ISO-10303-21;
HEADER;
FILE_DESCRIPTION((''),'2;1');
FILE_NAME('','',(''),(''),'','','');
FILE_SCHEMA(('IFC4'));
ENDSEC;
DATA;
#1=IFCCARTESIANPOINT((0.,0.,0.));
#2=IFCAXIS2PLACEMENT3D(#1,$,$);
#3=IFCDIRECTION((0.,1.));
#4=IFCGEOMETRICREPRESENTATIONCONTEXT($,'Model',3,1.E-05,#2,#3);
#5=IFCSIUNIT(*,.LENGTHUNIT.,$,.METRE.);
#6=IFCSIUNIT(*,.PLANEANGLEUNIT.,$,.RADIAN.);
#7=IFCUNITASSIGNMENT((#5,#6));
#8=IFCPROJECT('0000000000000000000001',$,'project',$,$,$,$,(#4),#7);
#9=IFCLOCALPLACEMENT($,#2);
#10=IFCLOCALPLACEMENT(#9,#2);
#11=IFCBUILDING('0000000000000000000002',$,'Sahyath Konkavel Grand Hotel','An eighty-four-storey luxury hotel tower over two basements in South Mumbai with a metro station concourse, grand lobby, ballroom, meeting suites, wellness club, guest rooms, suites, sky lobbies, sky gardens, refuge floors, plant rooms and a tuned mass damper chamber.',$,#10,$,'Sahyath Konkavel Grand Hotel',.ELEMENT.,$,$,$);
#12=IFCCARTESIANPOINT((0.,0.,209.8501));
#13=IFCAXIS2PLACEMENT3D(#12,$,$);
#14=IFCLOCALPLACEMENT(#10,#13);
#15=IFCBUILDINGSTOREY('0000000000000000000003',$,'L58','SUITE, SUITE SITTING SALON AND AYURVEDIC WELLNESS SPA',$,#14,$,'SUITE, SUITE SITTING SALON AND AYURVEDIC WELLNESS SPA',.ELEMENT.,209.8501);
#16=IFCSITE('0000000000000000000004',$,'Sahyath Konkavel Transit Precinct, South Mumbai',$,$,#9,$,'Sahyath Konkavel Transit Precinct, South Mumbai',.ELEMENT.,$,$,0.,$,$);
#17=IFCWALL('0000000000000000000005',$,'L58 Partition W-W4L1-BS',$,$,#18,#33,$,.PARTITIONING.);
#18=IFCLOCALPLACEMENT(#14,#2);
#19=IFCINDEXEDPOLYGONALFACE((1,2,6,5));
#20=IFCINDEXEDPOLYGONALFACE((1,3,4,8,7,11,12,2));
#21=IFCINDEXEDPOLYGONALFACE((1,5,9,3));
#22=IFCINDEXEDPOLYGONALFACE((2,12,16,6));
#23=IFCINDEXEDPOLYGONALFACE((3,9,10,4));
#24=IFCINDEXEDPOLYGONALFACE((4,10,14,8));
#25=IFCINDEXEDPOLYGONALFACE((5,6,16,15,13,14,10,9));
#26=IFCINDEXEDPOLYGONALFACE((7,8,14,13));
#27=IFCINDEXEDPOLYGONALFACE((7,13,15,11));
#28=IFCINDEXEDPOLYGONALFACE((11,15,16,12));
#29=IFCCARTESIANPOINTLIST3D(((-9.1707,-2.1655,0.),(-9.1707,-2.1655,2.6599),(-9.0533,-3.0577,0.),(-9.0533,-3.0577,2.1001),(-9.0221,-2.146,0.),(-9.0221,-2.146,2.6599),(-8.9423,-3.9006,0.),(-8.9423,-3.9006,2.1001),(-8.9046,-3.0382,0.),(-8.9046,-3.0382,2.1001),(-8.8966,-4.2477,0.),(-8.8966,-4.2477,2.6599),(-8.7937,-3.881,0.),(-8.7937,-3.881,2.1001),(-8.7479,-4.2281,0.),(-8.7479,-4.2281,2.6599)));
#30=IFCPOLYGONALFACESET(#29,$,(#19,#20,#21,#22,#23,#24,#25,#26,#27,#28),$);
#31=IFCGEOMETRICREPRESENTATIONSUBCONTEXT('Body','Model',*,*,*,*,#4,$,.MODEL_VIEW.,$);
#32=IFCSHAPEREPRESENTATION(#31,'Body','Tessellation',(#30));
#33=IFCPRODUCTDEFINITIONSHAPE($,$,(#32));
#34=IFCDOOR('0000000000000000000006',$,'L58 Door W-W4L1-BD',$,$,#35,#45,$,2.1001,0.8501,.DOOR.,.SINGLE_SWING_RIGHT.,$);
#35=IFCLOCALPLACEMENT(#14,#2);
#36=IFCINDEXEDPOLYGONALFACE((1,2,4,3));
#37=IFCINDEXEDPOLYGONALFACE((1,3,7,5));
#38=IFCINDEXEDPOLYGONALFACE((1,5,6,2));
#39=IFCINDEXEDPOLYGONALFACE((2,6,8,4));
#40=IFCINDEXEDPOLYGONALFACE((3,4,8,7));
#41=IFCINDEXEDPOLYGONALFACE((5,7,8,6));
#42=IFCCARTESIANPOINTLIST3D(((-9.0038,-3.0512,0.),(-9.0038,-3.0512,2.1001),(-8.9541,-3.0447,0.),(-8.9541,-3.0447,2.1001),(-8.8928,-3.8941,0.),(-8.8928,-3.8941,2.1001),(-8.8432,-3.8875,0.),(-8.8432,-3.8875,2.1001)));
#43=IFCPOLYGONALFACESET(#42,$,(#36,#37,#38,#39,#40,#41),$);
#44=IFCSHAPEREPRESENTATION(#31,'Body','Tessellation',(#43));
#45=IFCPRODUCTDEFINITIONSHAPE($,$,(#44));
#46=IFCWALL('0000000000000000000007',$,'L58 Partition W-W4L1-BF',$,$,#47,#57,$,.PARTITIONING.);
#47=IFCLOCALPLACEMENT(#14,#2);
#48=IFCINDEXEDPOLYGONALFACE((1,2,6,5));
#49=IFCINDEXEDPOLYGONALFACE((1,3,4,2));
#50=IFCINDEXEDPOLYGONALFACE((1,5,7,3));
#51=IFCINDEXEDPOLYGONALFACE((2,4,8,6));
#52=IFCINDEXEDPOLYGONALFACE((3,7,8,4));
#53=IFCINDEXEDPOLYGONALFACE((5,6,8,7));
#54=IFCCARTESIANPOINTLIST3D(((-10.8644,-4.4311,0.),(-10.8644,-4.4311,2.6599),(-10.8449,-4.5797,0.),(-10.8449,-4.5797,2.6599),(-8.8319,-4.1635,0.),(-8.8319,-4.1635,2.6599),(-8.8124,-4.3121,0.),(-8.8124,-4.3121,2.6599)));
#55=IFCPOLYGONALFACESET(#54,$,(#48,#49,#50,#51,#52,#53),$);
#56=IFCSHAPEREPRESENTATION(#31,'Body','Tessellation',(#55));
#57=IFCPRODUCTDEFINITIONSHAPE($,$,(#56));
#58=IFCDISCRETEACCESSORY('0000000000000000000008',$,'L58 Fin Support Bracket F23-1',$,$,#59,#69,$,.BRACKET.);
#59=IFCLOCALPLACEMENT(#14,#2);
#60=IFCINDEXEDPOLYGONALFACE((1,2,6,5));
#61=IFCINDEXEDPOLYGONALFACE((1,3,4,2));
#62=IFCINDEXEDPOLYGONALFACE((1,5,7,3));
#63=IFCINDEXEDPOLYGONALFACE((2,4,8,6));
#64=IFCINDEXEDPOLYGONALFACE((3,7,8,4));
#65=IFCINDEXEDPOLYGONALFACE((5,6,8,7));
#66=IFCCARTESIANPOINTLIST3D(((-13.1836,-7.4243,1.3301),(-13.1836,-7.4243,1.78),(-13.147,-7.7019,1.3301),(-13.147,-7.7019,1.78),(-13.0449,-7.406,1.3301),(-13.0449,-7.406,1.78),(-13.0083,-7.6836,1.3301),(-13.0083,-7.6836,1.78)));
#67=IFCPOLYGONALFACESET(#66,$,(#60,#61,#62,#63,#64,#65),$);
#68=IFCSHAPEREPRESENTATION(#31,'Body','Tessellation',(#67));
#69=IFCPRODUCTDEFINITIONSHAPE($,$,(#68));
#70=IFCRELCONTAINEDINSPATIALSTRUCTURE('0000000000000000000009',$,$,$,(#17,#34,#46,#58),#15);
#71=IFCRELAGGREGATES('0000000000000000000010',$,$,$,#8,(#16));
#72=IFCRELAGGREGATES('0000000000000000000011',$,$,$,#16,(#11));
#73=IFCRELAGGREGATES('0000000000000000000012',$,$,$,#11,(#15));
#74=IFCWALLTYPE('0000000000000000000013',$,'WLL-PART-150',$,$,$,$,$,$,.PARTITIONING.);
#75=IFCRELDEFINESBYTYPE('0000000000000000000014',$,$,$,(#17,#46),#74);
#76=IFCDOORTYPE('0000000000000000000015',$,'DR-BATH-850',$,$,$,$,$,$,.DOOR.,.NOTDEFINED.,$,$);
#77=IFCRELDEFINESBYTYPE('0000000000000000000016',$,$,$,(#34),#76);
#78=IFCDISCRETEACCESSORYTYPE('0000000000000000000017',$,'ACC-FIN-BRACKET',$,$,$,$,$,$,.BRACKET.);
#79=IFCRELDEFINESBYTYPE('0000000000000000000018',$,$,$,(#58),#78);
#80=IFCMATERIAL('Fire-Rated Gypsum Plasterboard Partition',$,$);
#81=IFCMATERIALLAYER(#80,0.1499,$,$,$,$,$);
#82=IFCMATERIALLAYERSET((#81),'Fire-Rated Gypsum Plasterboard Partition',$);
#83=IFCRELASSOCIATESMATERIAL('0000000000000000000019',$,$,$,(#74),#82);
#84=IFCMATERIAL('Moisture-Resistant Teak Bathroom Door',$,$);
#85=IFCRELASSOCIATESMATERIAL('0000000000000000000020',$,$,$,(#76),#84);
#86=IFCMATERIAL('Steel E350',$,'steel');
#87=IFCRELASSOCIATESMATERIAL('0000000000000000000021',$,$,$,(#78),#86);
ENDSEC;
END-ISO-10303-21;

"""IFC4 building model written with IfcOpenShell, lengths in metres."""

from ifc_helpers import new_model, si_unit, direction, frame, frame_2d, origin, origin_2d, place, context, subcontext, project, spatial, rectangle, extrude, source, transform, mapped, material, layer, layer_set, type_object, element, fill, save


model = new_model("IFC4")

# Units and contexts
model_context = context("Model", 3, precision=1e-05, world=origin(), true_north=direction((0.0, 1.0)))
body_context = subcontext(model_context, "Body", "Model", "MODEL_VIEW")
ifc_project = project(units=[si_unit("LENGTHUNIT", "METRE"), si_unit("PLANEANGLEUNIT", "RADIAN")], contexts=[model_context])

# Site, building, storey
site_placement = place(None, origin())
site = spatial("IfcSite", under=ifc_project, at=site_placement, Name="Sahyath Konkavel Transit Precinct, South Mumbai", LongName="Sahyath Konkavel Transit Precinct, South Mumbai", CompositionType="ELEMENT", RefElevation=0.0)
building_placement = place(site_placement, origin())
building = spatial("IfcBuilding", under=site, at=building_placement, Name="Sahyath Konkavel Grand Hotel", Description="An eighty-four-storey luxury hotel tower over two basements in South Mumbai with a metro station concourse, grand lobby, ballroom, meeting suites, wellness club, guest rooms, suites, sky lobbies, sky gardens, refuge floors, plant rooms and a tuned mass damper chamber.", LongName="Sahyath Konkavel Grand Hotel", CompositionType="ELEMENT")
storey_placement = place(building_placement, frame((0.0, 0.0, 209.8501)))
storey = spatial("IfcBuildingStorey", under=building, at=storey_placement, Name="L58", Description="SUITE, SUITE SITTING SALON AND AYURVEDIC WELLNESS SPA", LongName="SUITE, SUITE SITTING SALON AND AYURVEDIC WELLNESS SPA", CompositionType="ELEMENT", Elevation=209.8501)

# Shared definitions
ifc_material_1 = material(Name="Steel E350", Category="steel")

# Shared definitions
ifc_material_2 = material(Name="Fire-Rated Gypsum Plasterboard Partition")
ifc_layer_1 = layer(ifc_material_2, 0.1499)
ifc_layer_set_1 = layer_set([ifc_layer_1], Name="Fire-Rated Gypsum Plasterboard Partition")
wall_type_1 = type_object("IfcWallType", Name="WLL-PART-150", PredefinedType="PARTITIONING", material=ifc_layer_set_1)
shared_shape_1 = source(origin(), body_context, "Body", "SweptSolid", [
    extrude(rectangle(XDim=0.8501, YDim=0.05, at=origin_2d()), origin(), (0.0, 0.0, 1.0), 2.1001),
])

# Wall, opening, door
wall_1_placement = place(storey_placement, frame((-9.0964, -2.1558, 0.0), z_axis=(0.0, 0.0, 1.0), x_axis=(0.130557, -0.991441, 0.0)))
wall_1 = element("IfcWall", 1, at=wall_1_placement, inside=storey, type_object=wall_type_1, Name="L58 Partition W-W4L1-BS", PredefinedType="PARTITIONING", context=body_context, shape_type="SweptSolid", body=[
    extrude(rectangle(XDim=2.1001, YDim=0.1499, at=frame_2d((1.05, 0.0))), origin(), (0.0, 0.0, 1.0), 2.6599),
])
opening_1_placement = place(wall_1_placement, frame((0.8999, 0.0, 0.0)))
opening_1 = element("IfcOpeningElement", 2, at=opening_1_placement, cuts=wall_1, PredefinedType="OPENING", context=body_context, shape_type="SweptSolid", body=[
    extrude(rectangle(XDim=0.8501, YDim=2.1001, at=frame_2d((0.425, 1.05))), frame((0.0, 0.085, 0.0), z_axis=(0.0, -1.0, 0.0), x_axis=(1.0, 0.0, 0.0)), (0.0, 0.0, 1.0), 0.1699),
])
ifc_material_3 = material(Name="Moisture-Resistant Teak Bathroom Door")
door_type_1 = type_object("IfcDoorType", Name="DR-BATH-850", OperationType="NOTDEFINED", PredefinedType="DOOR", material=ifc_material_3)
door_1_placement = place(opening_1_placement, frame((0.425, 0.0, 0.0)))
door_1 = element("IfcDoor", 3, at=door_1_placement, inside=storey, type_object=door_type_1, Name="L58 Door W-W4L1-BD", OperationType="SINGLE_SWING_RIGHT", OverallHeight=2.1001, OverallWidth=0.8501, PredefinedType="DOOR", context=body_context, shape_type="MappedRepresentation", body=[
    mapped(shared_shape_1, transform((0.0, 0.0, 0.0), scale=1.0)),
])
fill(opening_1, door_1)

# Wall
wall_2_placement = place(storey_placement, frame((-8.8223, -4.2378, 0.0), z_axis=(0.0, 0.0, 1.0), x_axis=(-0.991445, -0.130525, 0.0)))
element("IfcWall", 4, at=wall_2_placement, inside=storey, type_object=wall_type_1, Name="L58 Partition W-W4L1-BF", PredefinedType="PARTITIONING", context=body_context, shape_type="SweptSolid", body=[
    extrude(rectangle(XDim=2.05, YDim=0.1499, at=frame_2d((1.0249, 0.0))), origin(), (0.0, 0.0, 1.0), 2.6599),
])

# Discrete accessory
discrete_accessory_type = type_object("IfcDiscreteAccessoryType", Name="ACC-FIN-BRACKET", PredefinedType="BRACKET", material=ifc_material_1)
shared_shape_2 = source(origin(), body_context, "Body", "SweptSolid", [
    extrude(rectangle(XDim=0.28, YDim=0.1399, at=origin_2d()), origin(), (0.0, 0.0, 1.0), 0.45),
])
discrete_accessory_placement = place(storey_placement, frame((-13.0959, -7.554, 1.3301), z_axis=(0.0, 0.0, 1.0), x_axis=(0.130526, -0.991445, 0.0)))
element("IfcDiscreteAccessory", 5, at=discrete_accessory_placement, inside=storey, type_object=discrete_accessory_type, Name="L58 Fin Support Bracket F23-1", PredefinedType="BRACKET", context=body_context, shape_type="MappedRepresentation", body=[
    mapped(shared_shape_2, transform((0.0, 0.0, 0.0), scale=1.0)),
])

save(model, "model.ifc")
